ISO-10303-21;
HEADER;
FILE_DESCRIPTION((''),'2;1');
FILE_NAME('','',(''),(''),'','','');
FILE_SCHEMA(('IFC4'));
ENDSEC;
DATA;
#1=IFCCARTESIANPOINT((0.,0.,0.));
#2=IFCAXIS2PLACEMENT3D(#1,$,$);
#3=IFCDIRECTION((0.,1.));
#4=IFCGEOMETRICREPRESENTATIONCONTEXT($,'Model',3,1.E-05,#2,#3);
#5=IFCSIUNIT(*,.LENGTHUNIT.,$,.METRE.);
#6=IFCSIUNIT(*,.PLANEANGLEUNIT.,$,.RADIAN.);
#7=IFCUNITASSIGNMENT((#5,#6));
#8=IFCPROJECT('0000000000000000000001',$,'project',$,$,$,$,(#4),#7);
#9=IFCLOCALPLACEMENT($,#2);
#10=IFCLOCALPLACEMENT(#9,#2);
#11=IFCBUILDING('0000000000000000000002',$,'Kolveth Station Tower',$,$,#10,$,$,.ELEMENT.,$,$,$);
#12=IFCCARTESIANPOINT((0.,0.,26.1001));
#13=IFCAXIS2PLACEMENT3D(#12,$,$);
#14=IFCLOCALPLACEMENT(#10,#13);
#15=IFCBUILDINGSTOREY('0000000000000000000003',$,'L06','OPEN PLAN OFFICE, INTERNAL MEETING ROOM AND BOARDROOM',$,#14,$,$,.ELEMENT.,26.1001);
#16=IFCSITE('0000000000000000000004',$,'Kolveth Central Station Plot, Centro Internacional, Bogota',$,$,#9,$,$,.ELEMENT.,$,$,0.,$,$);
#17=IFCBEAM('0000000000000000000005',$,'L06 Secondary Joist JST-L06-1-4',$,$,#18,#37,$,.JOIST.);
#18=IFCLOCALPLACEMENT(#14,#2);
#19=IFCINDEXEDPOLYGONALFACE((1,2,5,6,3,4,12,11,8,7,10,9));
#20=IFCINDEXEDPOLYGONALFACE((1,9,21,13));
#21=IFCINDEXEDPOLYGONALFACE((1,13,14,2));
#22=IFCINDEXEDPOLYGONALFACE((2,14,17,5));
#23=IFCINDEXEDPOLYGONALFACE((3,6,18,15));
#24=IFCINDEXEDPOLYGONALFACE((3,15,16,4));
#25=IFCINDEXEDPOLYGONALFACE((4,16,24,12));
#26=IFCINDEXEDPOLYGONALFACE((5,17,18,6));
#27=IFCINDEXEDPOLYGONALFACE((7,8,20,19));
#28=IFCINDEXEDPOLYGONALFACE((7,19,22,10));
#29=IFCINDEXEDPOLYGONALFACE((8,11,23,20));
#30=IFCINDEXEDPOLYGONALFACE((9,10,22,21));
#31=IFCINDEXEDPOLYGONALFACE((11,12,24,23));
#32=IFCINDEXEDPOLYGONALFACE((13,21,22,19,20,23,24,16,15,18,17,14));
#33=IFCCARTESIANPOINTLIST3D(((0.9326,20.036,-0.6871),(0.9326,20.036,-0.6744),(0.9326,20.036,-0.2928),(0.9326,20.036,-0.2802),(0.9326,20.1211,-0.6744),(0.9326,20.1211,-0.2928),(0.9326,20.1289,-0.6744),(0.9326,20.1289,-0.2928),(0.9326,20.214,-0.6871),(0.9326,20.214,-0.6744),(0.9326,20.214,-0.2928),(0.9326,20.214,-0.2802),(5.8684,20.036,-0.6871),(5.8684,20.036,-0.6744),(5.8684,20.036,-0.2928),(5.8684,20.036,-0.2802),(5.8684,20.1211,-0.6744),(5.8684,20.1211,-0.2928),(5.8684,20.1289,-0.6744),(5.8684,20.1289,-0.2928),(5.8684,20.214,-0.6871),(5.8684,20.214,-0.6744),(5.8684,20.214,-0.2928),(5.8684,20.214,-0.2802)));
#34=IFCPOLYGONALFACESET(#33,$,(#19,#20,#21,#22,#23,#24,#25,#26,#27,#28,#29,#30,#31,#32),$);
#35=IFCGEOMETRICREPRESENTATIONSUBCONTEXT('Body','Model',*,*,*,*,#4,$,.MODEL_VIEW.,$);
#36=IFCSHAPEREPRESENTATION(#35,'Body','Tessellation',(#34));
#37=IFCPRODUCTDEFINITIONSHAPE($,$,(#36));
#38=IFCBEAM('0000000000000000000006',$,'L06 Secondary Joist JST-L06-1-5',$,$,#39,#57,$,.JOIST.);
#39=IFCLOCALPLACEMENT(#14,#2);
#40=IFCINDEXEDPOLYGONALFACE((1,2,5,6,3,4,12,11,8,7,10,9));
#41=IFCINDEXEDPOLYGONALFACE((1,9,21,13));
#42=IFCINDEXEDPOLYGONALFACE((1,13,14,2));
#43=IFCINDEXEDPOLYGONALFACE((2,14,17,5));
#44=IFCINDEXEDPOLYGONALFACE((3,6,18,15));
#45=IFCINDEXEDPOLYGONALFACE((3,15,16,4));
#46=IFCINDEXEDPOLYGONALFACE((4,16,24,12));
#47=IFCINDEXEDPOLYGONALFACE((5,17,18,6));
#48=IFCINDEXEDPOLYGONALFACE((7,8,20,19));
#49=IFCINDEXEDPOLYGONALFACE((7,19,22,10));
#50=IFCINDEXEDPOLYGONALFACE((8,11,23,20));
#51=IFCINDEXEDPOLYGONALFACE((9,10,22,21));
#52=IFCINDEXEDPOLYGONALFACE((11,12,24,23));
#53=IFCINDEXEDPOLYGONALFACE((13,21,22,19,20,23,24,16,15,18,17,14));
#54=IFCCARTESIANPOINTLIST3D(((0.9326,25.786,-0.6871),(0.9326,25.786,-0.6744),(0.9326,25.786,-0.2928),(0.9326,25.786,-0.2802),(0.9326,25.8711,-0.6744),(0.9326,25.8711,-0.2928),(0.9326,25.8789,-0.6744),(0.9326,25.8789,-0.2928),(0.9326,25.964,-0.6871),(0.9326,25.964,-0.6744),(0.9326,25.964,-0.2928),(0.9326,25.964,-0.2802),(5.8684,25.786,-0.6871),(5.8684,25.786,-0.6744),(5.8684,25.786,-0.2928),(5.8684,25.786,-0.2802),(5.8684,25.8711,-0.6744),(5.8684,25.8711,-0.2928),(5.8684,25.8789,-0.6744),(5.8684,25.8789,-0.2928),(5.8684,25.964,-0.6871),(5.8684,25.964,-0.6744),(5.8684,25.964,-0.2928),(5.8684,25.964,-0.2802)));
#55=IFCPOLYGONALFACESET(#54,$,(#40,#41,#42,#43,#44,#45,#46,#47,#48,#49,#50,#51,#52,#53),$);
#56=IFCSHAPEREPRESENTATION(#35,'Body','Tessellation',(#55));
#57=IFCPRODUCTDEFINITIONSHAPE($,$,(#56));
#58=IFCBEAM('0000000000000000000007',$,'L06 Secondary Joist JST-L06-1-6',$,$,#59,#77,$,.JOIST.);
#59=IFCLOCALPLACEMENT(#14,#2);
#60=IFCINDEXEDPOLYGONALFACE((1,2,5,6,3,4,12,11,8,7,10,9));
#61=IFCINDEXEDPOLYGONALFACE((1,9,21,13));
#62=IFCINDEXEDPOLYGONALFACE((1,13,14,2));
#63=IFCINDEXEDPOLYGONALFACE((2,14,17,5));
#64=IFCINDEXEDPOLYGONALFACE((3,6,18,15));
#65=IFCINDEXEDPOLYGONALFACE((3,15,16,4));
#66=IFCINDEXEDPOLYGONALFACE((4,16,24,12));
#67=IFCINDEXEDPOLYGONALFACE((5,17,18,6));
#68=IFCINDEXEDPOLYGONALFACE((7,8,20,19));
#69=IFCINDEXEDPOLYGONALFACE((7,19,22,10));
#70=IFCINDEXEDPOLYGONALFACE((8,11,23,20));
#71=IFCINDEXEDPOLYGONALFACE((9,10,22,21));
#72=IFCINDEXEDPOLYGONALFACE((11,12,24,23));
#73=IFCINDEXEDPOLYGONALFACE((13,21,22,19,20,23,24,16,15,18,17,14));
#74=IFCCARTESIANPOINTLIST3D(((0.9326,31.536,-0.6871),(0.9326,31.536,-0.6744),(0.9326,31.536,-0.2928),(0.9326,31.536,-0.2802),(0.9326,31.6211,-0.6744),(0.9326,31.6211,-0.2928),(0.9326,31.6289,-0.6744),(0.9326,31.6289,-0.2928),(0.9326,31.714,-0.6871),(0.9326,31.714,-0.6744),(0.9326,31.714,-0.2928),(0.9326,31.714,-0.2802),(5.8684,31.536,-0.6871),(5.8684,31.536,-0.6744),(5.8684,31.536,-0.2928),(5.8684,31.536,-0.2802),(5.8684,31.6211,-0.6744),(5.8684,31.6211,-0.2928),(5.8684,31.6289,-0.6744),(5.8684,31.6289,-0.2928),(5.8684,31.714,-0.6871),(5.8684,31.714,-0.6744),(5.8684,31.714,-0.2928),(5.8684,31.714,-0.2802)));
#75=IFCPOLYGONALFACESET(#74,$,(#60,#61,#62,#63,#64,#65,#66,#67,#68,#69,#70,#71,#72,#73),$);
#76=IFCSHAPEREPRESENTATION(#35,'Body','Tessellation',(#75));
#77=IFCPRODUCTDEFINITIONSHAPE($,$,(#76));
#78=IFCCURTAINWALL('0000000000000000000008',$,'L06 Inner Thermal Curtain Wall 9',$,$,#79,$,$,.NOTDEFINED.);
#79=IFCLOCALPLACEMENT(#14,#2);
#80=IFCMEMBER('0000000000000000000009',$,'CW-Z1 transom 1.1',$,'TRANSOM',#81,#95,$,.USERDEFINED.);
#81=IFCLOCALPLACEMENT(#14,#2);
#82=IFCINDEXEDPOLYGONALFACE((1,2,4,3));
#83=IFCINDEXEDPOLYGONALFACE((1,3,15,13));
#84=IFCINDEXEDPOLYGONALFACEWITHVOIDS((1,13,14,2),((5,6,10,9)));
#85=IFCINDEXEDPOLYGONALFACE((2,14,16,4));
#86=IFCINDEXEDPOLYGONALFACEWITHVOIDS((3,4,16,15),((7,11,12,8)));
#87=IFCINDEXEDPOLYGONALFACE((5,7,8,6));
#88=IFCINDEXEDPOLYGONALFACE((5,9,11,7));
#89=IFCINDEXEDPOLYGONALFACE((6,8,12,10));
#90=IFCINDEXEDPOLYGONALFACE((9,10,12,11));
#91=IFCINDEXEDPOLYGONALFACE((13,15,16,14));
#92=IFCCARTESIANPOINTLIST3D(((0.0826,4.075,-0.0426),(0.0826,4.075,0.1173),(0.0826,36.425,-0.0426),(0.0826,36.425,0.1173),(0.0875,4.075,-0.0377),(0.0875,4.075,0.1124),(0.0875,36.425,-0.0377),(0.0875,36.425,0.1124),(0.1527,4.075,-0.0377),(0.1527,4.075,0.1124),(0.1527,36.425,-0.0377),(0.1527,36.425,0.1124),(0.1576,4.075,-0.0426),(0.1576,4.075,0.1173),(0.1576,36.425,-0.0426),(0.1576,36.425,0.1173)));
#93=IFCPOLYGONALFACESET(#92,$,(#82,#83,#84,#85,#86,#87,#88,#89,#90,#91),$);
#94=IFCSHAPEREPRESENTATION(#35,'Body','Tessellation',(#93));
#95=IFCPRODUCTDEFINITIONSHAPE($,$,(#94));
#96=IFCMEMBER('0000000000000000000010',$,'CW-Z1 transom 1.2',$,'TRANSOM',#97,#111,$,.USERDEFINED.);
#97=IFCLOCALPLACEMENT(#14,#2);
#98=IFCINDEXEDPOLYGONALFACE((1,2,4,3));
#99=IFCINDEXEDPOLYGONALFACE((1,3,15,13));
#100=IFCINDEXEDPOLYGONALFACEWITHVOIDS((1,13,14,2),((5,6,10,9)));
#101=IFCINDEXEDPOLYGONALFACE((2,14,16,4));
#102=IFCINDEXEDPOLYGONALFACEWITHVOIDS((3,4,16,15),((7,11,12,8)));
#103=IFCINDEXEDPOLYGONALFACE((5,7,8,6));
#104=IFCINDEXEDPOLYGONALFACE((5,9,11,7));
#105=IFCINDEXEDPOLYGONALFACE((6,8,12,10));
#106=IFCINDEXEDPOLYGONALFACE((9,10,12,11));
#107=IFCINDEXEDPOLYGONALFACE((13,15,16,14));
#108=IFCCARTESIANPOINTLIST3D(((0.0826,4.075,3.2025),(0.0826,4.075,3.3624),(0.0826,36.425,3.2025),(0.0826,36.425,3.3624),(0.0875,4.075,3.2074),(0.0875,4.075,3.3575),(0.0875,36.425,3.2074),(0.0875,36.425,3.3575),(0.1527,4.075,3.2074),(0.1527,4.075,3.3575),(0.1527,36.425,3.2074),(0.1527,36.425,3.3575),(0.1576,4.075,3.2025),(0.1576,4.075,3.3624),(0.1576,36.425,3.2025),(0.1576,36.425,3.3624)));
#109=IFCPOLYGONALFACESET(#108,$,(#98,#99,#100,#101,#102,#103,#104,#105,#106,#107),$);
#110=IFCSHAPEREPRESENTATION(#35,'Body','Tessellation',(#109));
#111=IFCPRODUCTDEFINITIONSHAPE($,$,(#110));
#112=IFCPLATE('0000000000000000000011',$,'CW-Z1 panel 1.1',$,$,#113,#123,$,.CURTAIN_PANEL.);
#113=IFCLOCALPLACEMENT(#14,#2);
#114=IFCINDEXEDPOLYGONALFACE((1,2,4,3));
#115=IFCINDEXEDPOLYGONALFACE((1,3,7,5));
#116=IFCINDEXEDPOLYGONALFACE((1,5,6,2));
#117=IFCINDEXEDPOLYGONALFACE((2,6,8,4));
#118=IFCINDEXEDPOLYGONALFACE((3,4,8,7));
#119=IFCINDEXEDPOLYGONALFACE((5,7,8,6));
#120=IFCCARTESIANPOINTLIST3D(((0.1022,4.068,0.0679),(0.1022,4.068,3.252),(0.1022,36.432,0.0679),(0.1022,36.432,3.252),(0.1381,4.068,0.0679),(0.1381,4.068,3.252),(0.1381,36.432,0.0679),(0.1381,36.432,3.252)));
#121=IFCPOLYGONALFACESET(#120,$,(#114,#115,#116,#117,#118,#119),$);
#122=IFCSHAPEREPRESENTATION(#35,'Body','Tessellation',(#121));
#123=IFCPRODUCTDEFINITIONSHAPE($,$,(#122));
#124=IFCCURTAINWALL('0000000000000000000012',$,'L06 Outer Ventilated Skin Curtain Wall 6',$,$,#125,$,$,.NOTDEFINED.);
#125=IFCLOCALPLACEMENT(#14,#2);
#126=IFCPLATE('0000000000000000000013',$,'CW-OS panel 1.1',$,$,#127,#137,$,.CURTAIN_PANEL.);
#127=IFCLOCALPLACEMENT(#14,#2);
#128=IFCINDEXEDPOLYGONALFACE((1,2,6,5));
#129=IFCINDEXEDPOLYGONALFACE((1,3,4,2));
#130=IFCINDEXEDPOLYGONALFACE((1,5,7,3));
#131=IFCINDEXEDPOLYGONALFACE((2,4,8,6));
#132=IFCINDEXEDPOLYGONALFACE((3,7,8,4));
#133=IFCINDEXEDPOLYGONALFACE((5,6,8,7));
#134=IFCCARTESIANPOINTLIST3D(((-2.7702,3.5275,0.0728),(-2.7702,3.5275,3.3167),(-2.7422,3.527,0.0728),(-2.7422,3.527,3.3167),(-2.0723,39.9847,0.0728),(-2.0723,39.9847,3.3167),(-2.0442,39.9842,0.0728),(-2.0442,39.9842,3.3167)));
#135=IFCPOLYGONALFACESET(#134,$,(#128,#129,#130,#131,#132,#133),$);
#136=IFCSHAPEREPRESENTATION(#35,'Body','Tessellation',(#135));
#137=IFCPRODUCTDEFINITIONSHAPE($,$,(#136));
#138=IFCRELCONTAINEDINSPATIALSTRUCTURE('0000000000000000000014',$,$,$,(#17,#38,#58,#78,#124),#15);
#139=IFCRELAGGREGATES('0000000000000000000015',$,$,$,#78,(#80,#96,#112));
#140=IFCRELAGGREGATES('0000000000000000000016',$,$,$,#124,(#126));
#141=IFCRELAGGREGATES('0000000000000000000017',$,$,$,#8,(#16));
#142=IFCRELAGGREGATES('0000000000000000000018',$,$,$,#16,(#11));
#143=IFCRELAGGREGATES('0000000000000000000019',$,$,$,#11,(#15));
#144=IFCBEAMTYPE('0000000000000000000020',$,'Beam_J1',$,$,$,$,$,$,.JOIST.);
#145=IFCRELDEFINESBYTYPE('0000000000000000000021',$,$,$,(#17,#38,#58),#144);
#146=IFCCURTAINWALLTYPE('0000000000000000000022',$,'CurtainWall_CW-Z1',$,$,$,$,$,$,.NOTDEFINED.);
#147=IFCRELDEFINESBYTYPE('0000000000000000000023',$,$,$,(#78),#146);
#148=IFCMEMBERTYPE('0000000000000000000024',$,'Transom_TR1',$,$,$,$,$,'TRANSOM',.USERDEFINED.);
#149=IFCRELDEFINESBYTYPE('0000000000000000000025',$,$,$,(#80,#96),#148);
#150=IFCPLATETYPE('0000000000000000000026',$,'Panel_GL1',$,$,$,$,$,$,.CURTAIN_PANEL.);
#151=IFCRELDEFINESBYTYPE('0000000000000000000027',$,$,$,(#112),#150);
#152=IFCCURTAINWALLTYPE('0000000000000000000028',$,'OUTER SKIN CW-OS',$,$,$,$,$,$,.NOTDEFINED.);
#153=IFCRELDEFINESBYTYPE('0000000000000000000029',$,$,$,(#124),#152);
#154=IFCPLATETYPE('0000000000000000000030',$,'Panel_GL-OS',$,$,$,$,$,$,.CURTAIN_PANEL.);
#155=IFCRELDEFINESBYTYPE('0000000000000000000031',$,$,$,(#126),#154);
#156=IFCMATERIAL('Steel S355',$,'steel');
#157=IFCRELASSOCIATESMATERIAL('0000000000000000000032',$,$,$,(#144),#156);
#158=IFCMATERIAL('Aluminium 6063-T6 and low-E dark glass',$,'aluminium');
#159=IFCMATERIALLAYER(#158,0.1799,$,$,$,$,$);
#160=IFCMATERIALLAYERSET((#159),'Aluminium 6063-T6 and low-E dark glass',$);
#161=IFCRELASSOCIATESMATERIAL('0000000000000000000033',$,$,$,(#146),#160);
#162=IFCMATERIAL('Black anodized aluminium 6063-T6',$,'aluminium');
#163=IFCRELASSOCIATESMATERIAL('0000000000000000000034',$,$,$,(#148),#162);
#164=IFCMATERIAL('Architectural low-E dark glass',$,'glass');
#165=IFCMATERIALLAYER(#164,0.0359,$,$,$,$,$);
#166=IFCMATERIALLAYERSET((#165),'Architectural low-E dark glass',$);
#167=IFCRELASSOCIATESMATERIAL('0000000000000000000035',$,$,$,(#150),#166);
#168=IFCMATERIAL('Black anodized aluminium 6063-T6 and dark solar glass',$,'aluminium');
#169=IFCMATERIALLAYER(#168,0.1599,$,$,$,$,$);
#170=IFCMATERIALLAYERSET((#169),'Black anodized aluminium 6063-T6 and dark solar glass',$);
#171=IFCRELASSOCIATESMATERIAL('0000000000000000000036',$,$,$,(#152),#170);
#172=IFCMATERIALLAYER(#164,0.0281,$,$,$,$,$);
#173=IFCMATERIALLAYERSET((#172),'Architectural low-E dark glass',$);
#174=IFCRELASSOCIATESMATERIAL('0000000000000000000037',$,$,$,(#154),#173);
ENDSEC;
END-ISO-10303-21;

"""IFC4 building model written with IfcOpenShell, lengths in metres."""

from ifc_helpers import new_model, si_unit, direction, frame, origin, origin_2d, place, context, subcontext, project, spatial, rectangle, hollow_rectangle, i_section, extrude, source, transform, mapped, material, layer, layer_set, material_profile, profile_set, type_object, element, aggregate, save


model = new_model("IFC4")

# Units and contexts
model_context = context("Model", 3, precision=1e-05, world=origin(), true_north=direction((0.0, 1.0)))
body_context = subcontext(model_context, "Body", "Model", "MODEL_VIEW")
ifc_project = project(units=[si_unit("LENGTHUNIT", "METRE"), si_unit("PLANEANGLEUNIT", "RADIAN")], contexts=[model_context])

# Site, building, storey
site_placement = place(None, origin())
site = spatial("IfcSite", under=ifc_project, at=site_placement, Name="Kolveth Central Station Plot, Centro Internacional, Bogota", CompositionType="ELEMENT", RefElevation=0.0)
building_placement = place(site_placement, origin())
building = spatial("IfcBuilding", under=site, at=building_placement, Name="Kolveth Station Tower", CompositionType="ELEMENT")
storey_placement = place(building_placement, frame((0.0, 0.0, 26.1001)))
storey = spatial("IfcBuildingStorey", under=building, at=storey_placement, Name="L06", Description="OPEN PLAN OFFICE, INTERNAL MEETING ROOM AND BOARDROOM", CompositionType="ELEMENT", Elevation=26.1001)

# Shared definitions
ifc_material_1 = material(Name="Steel S355", Category="steel")

# Beams
ifc_material_profile_1 = material_profile(ifc_material_1, i_section(OverallWidth=0.178, OverallDepth=0.407, WebThickness=0.0078, FlangeThickness=0.0127, at=origin_2d()), Name="W410x60")
ifc_profile_set_1 = profile_set([ifc_material_profile_1], Name="Steel S355")
beam_type_1 = type_object("IfcBeamType", Name="Beam_J1", PredefinedType="JOIST", material=ifc_profile_set_1)
shared_shape_1 = source(origin(), body_context, "Body", "SweptSolid", [
    extrude(i_section(OverallWidth=0.178, OverallDepth=0.407, WebThickness=0.0078, FlangeThickness=0.0127, at=origin_2d()), origin(), (0.0, 0.0, 1.0), 4.9358),
])
for number, where, z_axis, x_axis, name in (
    (1, (0.9326, 20.125, -0.4836), (1.0, 0.0, 0.0), (0.0, 1.0, 0.0), "L06 Secondary Joist JST-L06-1-4"),
    (2, (0.9326, 25.875, -0.4836), (1.0, 0.0, 0.0), (0.0, 1.0, 0.0), "L06 Secondary Joist JST-L06-1-5"),
    (3, (0.9326, 31.625, -0.4836), (1.0, 0.0, 0.0), (0.0, 1.0, 0.0), "L06 Secondary Joist JST-L06-1-6"),
):
    element("IfcBeam", number, at=place(storey_placement, frame(where, z_axis=z_axis, x_axis=x_axis)), inside=storey, type_object=beam_type_1, Name=name, PredefinedType="JOIST", context=body_context, shape_type="MappedRepresentation", body=[
        mapped(shared_shape_1, transform((0.0, 0.0, 0.0), x_axis=(1.0, 0.0, 0.0), y_axis=(0.0, 1.0, 0.0), z_axis=(0.0, 0.0, 1.0), scale=1.0)),
    ])

# Curtain wall, members, plate
ifc_material_2 = material(Name="Aluminium 6063-T6 and low-E dark glass", Category="aluminium")
ifc_layer_1 = layer(ifc_material_2, 0.1799)
ifc_layer_set_1 = layer_set([ifc_layer_1], Name="Aluminium 6063-T6 and low-E dark glass")
curtain_wall_type_1 = type_object("IfcCurtainWallType", Name="CurtainWall_CW-Z1", PredefinedType="NOTDEFINED", material=ifc_layer_set_1)
curtain_wall_1_placement = place(storey_placement, origin())
curtain_wall_1 = element("IfcCurtainWall", 4, at=curtain_wall_1_placement, inside=storey, type_object=curtain_wall_type_1, Name="L06 Inner Thermal Curtain Wall 9", PredefinedType="NOTDEFINED")
ifc_material_3 = material(Name="Black anodized aluminium 6063-T6", Category="aluminium")
ifc_material_profile_2 = material_profile(ifc_material_3, hollow_rectangle(XDim=0.075, YDim=0.1599, WallThickness=0.0049, at=origin_2d()), Name="ALU-75x160x5")
ifc_profile_set_2 = profile_set([ifc_material_profile_2], Name="Black anodized aluminium 6063-T6")
member_type = type_object("IfcMemberType", Name="Transom_TR1", ElementType="TRANSOM", PredefinedType="USERDEFINED", material=ifc_profile_set_2)
shared_shape_2 = source(origin(), body_context, "Body", "SweptSolid", [
    extrude(hollow_rectangle(XDim=0.075, YDim=0.1599, WallThickness=0.0049, at=origin_2d()), origin(), (0.0, 0.0, 1.0), 32.3501),
])
member_1_placement = place(storey_placement, frame((0.1201, 36.425, 0.0374), z_axis=(0.0, -1.0, 0.0), x_axis=(1.0, 0.0, 0.0)))
member_1 = element("IfcMember", 5, at=member_1_placement, type_object=member_type, Name="CW-Z1 transom 1.1", ObjectType="TRANSOM", PredefinedType="USERDEFINED", context=body_context, shape_type="MappedRepresentation", body=[
    mapped(shared_shape_2, transform((0.0, 0.0, 0.0), x_axis=(1.0, 0.0, 0.0), y_axis=(0.0, 1.0, 0.0), z_axis=(0.0, 0.0, 1.0), scale=1.0)),
])
member_2_placement = place(storey_placement, frame((0.1201, 36.425, 3.2825), z_axis=(0.0, -1.0, 0.0), x_axis=(1.0, 0.0, 0.0)))
member_2 = element("IfcMember", 6, at=member_2_placement, type_object=member_type, Name="CW-Z1 transom 1.2", ObjectType="TRANSOM", PredefinedType="USERDEFINED", context=body_context, shape_type="MappedRepresentation", body=[
    mapped(shared_shape_2, transform((0.0, 0.0, 0.0), x_axis=(1.0, 0.0, 0.0), y_axis=(0.0, 1.0, 0.0), z_axis=(0.0, 0.0, 1.0), scale=1.0)),
])
ifc_material_4 = material(Name="Architectural low-E dark glass", Category="glass")
ifc_layer_2 = layer(ifc_material_4, 0.0359)
ifc_layer_set_2 = layer_set([ifc_layer_2], Name="Architectural low-E dark glass")
plate_type_1 = type_object("IfcPlateType", Name="Panel_GL1", PredefinedType="CURTAIN_PANEL", material=ifc_layer_set_2)
shared_shape_3 = source(origin(), body_context, "Body", "SweptSolid", [
    extrude(rectangle(XDim=32.364, YDim=0.0359, at=origin_2d()), origin(), (0.0, 0.0, 1.0), 3.1841),
])
plate_1_placement = place(storey_placement, frame((0.1201, 20.25, 0.0679), z_axis=(0.0, 0.0, 1.0), x_axis=(0.0, -1.0, 0.0)))
plate_1 = element("IfcPlate", 7, at=plate_1_placement, type_object=plate_type_1, Name="CW-Z1 panel 1.1", PredefinedType="CURTAIN_PANEL", context=body_context, shape_type="MappedRepresentation", body=[
    mapped(shared_shape_3, transform((0.0, 0.0, 0.0), x_axis=(1.0, 0.0, 0.0), y_axis=(0.0, 1.0, 0.0), z_axis=(0.0, 0.0, 1.0), scale=1.0)),
])
aggregate(curtain_wall_1, [member_1, member_2, plate_1])

# Curtain wall, plate
ifc_material_5 = material(Name="Black anodized aluminium 6063-T6 and dark solar glass", Category="aluminium")
ifc_layer_3 = layer(ifc_material_5, 0.1599)
ifc_layer_set_3 = layer_set([ifc_layer_3], Name="Black anodized aluminium 6063-T6 and dark solar glass")
curtain_wall_type_2 = type_object("IfcCurtainWallType", Name="OUTER SKIN CW-OS", PredefinedType="NOTDEFINED", material=ifc_layer_set_3)
curtain_wall_2_placement = place(storey_placement, origin())
curtain_wall_2 = element("IfcCurtainWall", 8, at=curtain_wall_2_placement, inside=storey, type_object=curtain_wall_type_2, Name="L06 Outer Ventilated Skin Curtain Wall 6", PredefinedType="NOTDEFINED")
ifc_layer_4 = layer(ifc_material_4, 0.0281)
ifc_layer_set_4 = layer_set([ifc_layer_4], Name="Architectural low-E dark glass")
plate_type_2 = type_object("IfcPlateType", Name="Panel_GL-OS", PredefinedType="CURTAIN_PANEL", material=ifc_layer_set_4)
shared_shape_4 = source(origin(), body_context, "Body", "SweptSolid", [
    extrude(rectangle(XDim=36.4639, YDim=0.0281, at=origin_2d()), origin(), (0.0, 0.0, 1.0), 3.2439),
])
plate_2_placement = place(storey_placement, frame((-2.4072, 21.7559, 0.0728), z_axis=(0.0, 0.0, 1.0), x_axis=(-0.01914, -0.999817, 0.0)))
plate_2 = element("IfcPlate", 9, at=plate_2_placement, type_object=plate_type_2, Name="CW-OS panel 1.1", PredefinedType="CURTAIN_PANEL", context=body_context, shape_type="MappedRepresentation", body=[
    mapped(shared_shape_4, transform((0.0, 0.0, 0.0), x_axis=(1.0, 0.0, 0.0), y_axis=(0.0, 1.0, 0.0), z_axis=(0.0, 0.0, 1.0), scale=1.0)),
])
aggregate(curtain_wall_2, [plate_2])

save(model, "model.ifc")
